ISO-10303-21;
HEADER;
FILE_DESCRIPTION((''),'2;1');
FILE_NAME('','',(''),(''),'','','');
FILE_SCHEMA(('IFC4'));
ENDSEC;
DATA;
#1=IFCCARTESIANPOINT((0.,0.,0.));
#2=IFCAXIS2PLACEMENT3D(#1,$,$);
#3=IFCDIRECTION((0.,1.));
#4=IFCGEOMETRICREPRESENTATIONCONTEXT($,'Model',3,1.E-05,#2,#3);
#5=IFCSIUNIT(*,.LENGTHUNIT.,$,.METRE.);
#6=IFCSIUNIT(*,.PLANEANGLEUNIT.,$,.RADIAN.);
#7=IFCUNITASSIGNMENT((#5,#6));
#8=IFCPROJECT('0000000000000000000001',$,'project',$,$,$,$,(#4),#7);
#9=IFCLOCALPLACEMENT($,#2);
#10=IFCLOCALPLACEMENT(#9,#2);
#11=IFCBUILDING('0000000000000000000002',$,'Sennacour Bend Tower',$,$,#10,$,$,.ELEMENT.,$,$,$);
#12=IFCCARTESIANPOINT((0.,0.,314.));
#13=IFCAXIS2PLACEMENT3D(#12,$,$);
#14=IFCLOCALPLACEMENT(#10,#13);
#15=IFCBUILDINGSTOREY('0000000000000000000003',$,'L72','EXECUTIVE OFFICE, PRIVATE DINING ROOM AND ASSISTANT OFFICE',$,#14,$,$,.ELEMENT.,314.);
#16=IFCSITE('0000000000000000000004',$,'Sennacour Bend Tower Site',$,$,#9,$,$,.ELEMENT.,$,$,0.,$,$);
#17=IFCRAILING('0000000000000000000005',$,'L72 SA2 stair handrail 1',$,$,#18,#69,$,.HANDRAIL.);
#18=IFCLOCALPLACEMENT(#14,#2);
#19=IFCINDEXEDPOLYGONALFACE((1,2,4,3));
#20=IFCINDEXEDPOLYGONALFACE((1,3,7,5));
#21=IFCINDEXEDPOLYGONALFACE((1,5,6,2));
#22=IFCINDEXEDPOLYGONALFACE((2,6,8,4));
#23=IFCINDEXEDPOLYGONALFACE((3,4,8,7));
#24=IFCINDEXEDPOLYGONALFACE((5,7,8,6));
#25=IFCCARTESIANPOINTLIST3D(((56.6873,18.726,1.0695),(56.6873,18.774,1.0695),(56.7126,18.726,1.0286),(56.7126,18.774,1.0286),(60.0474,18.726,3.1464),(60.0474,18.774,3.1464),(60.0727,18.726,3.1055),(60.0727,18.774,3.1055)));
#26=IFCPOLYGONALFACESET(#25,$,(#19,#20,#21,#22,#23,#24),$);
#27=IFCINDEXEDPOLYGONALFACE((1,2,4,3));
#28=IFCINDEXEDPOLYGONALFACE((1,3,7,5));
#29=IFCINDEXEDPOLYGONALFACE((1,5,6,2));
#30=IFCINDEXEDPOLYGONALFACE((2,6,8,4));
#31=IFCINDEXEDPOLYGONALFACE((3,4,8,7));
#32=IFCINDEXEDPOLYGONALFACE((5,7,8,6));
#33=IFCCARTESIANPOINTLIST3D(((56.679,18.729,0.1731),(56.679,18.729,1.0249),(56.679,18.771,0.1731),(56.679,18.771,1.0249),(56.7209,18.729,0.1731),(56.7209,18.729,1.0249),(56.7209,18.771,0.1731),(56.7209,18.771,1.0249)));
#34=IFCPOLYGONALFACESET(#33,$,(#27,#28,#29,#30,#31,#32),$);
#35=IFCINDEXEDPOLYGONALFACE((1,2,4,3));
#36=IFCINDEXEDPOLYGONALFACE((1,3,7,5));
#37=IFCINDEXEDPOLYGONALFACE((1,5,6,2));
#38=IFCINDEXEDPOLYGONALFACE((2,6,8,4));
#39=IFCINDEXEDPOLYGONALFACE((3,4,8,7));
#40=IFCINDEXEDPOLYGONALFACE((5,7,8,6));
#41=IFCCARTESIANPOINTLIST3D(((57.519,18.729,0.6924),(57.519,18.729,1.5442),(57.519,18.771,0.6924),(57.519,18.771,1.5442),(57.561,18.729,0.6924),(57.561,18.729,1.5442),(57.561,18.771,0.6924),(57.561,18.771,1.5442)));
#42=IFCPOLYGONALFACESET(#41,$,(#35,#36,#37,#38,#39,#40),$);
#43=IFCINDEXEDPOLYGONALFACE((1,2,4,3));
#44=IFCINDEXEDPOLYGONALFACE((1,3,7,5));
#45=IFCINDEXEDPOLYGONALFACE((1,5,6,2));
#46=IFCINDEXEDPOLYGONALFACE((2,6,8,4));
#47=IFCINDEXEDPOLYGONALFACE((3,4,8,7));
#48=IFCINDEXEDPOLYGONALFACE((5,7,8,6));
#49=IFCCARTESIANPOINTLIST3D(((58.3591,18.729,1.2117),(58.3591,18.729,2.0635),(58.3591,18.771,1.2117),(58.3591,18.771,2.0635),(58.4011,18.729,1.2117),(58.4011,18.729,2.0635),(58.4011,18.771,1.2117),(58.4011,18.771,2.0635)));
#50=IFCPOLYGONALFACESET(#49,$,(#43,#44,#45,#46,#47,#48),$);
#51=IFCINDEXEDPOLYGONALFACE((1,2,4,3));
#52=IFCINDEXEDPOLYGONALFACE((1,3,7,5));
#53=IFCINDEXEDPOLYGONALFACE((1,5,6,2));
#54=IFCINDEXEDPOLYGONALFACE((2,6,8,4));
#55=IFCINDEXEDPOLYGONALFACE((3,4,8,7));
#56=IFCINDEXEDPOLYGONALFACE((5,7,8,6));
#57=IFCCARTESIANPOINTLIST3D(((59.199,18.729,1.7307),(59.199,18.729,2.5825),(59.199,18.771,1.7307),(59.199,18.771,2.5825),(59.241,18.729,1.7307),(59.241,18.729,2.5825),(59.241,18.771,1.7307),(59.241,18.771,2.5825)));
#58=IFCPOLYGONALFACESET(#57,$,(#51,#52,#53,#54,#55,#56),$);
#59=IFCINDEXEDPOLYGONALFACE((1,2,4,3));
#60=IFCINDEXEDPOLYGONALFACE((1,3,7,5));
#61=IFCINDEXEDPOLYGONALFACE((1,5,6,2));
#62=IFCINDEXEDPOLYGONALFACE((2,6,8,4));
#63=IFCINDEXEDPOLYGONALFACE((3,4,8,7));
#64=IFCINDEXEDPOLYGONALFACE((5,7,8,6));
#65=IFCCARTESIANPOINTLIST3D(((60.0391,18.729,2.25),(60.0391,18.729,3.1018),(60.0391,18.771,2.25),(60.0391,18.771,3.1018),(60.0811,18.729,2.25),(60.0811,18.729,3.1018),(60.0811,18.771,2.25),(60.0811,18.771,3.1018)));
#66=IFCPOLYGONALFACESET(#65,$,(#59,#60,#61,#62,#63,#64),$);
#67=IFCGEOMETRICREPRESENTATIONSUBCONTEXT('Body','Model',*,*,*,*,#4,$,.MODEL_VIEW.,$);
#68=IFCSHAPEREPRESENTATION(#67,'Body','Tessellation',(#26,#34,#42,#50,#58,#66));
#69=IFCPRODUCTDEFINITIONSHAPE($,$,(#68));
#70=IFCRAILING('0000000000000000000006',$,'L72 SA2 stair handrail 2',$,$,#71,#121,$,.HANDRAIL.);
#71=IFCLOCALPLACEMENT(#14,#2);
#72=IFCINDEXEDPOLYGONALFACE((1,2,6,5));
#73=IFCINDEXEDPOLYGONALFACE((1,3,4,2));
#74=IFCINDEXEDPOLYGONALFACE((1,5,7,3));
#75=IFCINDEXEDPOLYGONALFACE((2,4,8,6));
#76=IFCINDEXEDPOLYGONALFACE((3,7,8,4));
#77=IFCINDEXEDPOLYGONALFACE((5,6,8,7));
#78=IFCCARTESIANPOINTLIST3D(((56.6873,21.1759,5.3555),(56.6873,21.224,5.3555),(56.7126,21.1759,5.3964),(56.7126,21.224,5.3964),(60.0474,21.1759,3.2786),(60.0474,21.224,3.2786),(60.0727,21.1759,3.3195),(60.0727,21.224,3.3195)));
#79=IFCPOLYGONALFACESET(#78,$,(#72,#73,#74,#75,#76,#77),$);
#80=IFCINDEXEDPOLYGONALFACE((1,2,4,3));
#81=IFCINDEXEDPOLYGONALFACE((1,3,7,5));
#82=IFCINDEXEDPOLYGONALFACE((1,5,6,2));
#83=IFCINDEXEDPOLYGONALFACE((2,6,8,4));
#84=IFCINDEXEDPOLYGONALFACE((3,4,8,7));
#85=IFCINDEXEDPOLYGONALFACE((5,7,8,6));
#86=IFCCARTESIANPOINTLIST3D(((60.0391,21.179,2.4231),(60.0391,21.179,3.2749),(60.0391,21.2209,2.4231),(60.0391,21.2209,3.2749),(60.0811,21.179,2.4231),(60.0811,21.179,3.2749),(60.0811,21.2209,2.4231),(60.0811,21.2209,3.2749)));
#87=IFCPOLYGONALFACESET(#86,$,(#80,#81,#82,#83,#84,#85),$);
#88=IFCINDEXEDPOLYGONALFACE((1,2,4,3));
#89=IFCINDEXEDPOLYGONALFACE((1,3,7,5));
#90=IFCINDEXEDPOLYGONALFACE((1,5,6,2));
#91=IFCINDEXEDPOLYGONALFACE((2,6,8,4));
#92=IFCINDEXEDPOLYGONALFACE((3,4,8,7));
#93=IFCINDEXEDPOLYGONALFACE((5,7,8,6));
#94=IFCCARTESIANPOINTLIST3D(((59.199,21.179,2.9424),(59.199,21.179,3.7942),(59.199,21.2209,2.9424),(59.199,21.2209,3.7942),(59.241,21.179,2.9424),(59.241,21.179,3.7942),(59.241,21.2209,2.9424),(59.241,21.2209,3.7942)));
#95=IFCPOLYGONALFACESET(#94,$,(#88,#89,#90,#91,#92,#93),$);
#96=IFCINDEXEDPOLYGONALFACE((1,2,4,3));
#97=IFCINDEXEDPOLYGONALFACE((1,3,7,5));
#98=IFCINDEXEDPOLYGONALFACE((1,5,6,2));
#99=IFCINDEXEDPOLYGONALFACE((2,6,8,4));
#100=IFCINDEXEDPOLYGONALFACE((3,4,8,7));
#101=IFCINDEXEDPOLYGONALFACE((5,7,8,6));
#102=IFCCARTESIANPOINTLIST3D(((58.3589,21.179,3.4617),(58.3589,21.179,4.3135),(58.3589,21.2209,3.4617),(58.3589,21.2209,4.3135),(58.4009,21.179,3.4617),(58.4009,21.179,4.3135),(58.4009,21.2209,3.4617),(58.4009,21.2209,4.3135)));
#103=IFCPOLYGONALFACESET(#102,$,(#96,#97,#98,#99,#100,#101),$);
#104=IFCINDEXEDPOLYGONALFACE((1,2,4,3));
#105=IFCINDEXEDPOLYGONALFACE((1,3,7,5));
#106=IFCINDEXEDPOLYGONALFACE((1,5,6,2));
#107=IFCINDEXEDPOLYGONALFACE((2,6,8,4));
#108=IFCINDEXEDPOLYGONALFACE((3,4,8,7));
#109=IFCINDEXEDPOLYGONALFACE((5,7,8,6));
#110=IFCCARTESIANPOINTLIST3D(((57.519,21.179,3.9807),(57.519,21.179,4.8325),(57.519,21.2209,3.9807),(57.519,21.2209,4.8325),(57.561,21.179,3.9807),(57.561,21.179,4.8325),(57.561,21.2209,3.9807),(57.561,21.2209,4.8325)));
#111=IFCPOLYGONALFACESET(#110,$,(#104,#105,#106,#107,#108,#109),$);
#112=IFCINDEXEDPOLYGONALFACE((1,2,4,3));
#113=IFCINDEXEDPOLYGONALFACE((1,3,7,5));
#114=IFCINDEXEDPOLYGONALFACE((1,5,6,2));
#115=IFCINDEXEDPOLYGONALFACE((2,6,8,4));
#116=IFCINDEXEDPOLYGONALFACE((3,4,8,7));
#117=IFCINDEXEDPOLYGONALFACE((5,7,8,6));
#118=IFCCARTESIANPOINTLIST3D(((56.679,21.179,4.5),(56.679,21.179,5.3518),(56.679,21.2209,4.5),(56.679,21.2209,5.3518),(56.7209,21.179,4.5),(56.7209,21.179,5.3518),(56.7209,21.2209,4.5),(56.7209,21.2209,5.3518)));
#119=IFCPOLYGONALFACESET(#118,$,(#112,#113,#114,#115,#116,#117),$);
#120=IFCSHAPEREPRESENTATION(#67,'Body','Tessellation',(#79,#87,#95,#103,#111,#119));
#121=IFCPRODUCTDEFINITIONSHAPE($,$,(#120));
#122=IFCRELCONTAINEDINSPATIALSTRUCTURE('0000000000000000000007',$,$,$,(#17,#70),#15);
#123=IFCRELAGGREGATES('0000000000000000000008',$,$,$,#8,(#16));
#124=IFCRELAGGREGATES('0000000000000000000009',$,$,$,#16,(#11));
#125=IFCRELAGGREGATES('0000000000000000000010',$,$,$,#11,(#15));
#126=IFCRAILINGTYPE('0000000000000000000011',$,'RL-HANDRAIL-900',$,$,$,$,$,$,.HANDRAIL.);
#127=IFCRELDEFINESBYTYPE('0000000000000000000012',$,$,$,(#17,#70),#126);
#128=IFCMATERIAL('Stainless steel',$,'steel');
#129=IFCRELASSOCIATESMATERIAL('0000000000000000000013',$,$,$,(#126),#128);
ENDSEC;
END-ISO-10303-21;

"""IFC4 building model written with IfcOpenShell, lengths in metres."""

from ifc_helpers import new_model, si_unit, direction, frame, origin, origin_2d, place, context, subcontext, project, spatial, rectangle, extrude, material, type_object, element, save


model = new_model("IFC4")

# Units and contexts
model_context = context("Model", 3, precision=1e-05, world=origin(), true_north=direction((0.0, 1.0)))
body_context = subcontext(model_context, "Body", "Model", "MODEL_VIEW")
ifc_project = project(units=[si_unit("LENGTHUNIT", "METRE"), si_unit("PLANEANGLEUNIT", "RADIAN")], contexts=[model_context])

# Site, building, storey
site_placement = place(None, origin())
site = spatial("IfcSite", under=ifc_project, at=site_placement, Name="Sennacour Bend Tower Site", CompositionType="ELEMENT", RefElevation=0.0)
building_placement = place(site_placement, origin())
building = spatial("IfcBuilding", under=site, at=building_placement, Name="Sennacour Bend Tower", CompositionType="ELEMENT")
storey_placement = place(building_placement, frame((0.0, 0.0, 314.0)))
storey = spatial("IfcBuildingStorey", under=building, at=storey_placement, Name="L72", Description="EXECUTIVE OFFICE, PRIVATE DINING ROOM AND ASSISTANT OFFICE", CompositionType="ELEMENT", Elevation=314.0)

# Railings
ifc_material_1 = material(Name="Stainless steel", Category="steel")
railing_type_1 = type_object("IfcRailingType", Name="RL-HANDRAIL-900", PredefinedType="HANDRAIL", material=ifc_material_1)
railing_1_placement = place(storey_placement, frame((56.7, 18.75, 0.1731)))
element("IfcRailing", 1, at=railing_1_placement, inside=storey, type_object=railing_type_1, Name="L72 SA2 stair handrail 1", PredefinedType="HANDRAIL", context=body_context, shape_type="SweptSolid", body=[
    extrude(rectangle(XDim=0.0481, YDim=0.0481, at=origin_2d()), frame((0.0, 0.0, 0.876), z_axis=(0.850623, 0.0, 0.525776), x_axis=(0.0, 1.0, 0.0)), (0.0, 0.0, 1.0), 3.9502),
    extrude(rectangle(XDim=0.042, YDim=0.042, at=origin_2d()), origin(), (0.0, 0.0, 1.0), 0.8518),
    extrude(rectangle(XDim=0.042, YDim=0.042, at=origin_2d()), frame((0.8401, 0.0, 0.5193)), (0.0, 0.0, 1.0), 0.8518),
    extrude(rectangle(XDim=0.042, YDim=0.042, at=origin_2d()), frame((1.6802, 0.0, 1.0386)), (0.0, 0.0, 1.0), 0.8518),
    extrude(rectangle(XDim=0.042, YDim=0.042, at=origin_2d()), frame((2.52, 0.0, 1.5576)), (0.0, 0.0, 1.0), 0.8518),
    extrude(rectangle(XDim=0.042, YDim=0.042, at=origin_2d()), frame((3.3601, 0.0, 2.0769)), (0.0, 0.0, 1.0), 0.8518),
])
railing_2_placement = place(storey_placement, frame((60.0601, 21.2, 2.4231)))
element("IfcRailing", 2, at=railing_2_placement, inside=storey, type_object=railing_type_1, Name="L72 SA2 stair handrail 2", PredefinedType="HANDRAIL", context=body_context, shape_type="SweptSolid", body=[
    extrude(rectangle(XDim=0.0481, YDim=0.0481, at=origin_2d()), frame((0.0, 0.0, 0.876), z_axis=(-0.850623, 0.0, 0.525776), x_axis=(0.0, -1.0, 0.0)), (0.0, 0.0, 1.0), 3.9502),
    extrude(rectangle(XDim=0.042, YDim=0.042, at=origin_2d()), origin(), (0.0, 0.0, 1.0), 0.8518),
    extrude(rectangle(XDim=0.042, YDim=0.042, at=origin_2d()), frame((-0.8401, 0.0, 0.5193)), (0.0, 0.0, 1.0), 0.8518),
    extrude(rectangle(XDim=0.042, YDim=0.042, at=origin_2d()), frame((-1.6802, 0.0, 1.0386)), (0.0, 0.0, 1.0), 0.8518),
    extrude(rectangle(XDim=0.042, YDim=0.042, at=origin_2d()), frame((-2.52, 0.0, 1.5576)), (0.0, 0.0, 1.0), 0.8518),
    extrude(rectangle(XDim=0.042, YDim=0.042, at=origin_2d()), frame((-3.3601, 0.0, 2.0769)), (0.0, 0.0, 1.0), 0.8518),
])

save(model, "model.ifc")
